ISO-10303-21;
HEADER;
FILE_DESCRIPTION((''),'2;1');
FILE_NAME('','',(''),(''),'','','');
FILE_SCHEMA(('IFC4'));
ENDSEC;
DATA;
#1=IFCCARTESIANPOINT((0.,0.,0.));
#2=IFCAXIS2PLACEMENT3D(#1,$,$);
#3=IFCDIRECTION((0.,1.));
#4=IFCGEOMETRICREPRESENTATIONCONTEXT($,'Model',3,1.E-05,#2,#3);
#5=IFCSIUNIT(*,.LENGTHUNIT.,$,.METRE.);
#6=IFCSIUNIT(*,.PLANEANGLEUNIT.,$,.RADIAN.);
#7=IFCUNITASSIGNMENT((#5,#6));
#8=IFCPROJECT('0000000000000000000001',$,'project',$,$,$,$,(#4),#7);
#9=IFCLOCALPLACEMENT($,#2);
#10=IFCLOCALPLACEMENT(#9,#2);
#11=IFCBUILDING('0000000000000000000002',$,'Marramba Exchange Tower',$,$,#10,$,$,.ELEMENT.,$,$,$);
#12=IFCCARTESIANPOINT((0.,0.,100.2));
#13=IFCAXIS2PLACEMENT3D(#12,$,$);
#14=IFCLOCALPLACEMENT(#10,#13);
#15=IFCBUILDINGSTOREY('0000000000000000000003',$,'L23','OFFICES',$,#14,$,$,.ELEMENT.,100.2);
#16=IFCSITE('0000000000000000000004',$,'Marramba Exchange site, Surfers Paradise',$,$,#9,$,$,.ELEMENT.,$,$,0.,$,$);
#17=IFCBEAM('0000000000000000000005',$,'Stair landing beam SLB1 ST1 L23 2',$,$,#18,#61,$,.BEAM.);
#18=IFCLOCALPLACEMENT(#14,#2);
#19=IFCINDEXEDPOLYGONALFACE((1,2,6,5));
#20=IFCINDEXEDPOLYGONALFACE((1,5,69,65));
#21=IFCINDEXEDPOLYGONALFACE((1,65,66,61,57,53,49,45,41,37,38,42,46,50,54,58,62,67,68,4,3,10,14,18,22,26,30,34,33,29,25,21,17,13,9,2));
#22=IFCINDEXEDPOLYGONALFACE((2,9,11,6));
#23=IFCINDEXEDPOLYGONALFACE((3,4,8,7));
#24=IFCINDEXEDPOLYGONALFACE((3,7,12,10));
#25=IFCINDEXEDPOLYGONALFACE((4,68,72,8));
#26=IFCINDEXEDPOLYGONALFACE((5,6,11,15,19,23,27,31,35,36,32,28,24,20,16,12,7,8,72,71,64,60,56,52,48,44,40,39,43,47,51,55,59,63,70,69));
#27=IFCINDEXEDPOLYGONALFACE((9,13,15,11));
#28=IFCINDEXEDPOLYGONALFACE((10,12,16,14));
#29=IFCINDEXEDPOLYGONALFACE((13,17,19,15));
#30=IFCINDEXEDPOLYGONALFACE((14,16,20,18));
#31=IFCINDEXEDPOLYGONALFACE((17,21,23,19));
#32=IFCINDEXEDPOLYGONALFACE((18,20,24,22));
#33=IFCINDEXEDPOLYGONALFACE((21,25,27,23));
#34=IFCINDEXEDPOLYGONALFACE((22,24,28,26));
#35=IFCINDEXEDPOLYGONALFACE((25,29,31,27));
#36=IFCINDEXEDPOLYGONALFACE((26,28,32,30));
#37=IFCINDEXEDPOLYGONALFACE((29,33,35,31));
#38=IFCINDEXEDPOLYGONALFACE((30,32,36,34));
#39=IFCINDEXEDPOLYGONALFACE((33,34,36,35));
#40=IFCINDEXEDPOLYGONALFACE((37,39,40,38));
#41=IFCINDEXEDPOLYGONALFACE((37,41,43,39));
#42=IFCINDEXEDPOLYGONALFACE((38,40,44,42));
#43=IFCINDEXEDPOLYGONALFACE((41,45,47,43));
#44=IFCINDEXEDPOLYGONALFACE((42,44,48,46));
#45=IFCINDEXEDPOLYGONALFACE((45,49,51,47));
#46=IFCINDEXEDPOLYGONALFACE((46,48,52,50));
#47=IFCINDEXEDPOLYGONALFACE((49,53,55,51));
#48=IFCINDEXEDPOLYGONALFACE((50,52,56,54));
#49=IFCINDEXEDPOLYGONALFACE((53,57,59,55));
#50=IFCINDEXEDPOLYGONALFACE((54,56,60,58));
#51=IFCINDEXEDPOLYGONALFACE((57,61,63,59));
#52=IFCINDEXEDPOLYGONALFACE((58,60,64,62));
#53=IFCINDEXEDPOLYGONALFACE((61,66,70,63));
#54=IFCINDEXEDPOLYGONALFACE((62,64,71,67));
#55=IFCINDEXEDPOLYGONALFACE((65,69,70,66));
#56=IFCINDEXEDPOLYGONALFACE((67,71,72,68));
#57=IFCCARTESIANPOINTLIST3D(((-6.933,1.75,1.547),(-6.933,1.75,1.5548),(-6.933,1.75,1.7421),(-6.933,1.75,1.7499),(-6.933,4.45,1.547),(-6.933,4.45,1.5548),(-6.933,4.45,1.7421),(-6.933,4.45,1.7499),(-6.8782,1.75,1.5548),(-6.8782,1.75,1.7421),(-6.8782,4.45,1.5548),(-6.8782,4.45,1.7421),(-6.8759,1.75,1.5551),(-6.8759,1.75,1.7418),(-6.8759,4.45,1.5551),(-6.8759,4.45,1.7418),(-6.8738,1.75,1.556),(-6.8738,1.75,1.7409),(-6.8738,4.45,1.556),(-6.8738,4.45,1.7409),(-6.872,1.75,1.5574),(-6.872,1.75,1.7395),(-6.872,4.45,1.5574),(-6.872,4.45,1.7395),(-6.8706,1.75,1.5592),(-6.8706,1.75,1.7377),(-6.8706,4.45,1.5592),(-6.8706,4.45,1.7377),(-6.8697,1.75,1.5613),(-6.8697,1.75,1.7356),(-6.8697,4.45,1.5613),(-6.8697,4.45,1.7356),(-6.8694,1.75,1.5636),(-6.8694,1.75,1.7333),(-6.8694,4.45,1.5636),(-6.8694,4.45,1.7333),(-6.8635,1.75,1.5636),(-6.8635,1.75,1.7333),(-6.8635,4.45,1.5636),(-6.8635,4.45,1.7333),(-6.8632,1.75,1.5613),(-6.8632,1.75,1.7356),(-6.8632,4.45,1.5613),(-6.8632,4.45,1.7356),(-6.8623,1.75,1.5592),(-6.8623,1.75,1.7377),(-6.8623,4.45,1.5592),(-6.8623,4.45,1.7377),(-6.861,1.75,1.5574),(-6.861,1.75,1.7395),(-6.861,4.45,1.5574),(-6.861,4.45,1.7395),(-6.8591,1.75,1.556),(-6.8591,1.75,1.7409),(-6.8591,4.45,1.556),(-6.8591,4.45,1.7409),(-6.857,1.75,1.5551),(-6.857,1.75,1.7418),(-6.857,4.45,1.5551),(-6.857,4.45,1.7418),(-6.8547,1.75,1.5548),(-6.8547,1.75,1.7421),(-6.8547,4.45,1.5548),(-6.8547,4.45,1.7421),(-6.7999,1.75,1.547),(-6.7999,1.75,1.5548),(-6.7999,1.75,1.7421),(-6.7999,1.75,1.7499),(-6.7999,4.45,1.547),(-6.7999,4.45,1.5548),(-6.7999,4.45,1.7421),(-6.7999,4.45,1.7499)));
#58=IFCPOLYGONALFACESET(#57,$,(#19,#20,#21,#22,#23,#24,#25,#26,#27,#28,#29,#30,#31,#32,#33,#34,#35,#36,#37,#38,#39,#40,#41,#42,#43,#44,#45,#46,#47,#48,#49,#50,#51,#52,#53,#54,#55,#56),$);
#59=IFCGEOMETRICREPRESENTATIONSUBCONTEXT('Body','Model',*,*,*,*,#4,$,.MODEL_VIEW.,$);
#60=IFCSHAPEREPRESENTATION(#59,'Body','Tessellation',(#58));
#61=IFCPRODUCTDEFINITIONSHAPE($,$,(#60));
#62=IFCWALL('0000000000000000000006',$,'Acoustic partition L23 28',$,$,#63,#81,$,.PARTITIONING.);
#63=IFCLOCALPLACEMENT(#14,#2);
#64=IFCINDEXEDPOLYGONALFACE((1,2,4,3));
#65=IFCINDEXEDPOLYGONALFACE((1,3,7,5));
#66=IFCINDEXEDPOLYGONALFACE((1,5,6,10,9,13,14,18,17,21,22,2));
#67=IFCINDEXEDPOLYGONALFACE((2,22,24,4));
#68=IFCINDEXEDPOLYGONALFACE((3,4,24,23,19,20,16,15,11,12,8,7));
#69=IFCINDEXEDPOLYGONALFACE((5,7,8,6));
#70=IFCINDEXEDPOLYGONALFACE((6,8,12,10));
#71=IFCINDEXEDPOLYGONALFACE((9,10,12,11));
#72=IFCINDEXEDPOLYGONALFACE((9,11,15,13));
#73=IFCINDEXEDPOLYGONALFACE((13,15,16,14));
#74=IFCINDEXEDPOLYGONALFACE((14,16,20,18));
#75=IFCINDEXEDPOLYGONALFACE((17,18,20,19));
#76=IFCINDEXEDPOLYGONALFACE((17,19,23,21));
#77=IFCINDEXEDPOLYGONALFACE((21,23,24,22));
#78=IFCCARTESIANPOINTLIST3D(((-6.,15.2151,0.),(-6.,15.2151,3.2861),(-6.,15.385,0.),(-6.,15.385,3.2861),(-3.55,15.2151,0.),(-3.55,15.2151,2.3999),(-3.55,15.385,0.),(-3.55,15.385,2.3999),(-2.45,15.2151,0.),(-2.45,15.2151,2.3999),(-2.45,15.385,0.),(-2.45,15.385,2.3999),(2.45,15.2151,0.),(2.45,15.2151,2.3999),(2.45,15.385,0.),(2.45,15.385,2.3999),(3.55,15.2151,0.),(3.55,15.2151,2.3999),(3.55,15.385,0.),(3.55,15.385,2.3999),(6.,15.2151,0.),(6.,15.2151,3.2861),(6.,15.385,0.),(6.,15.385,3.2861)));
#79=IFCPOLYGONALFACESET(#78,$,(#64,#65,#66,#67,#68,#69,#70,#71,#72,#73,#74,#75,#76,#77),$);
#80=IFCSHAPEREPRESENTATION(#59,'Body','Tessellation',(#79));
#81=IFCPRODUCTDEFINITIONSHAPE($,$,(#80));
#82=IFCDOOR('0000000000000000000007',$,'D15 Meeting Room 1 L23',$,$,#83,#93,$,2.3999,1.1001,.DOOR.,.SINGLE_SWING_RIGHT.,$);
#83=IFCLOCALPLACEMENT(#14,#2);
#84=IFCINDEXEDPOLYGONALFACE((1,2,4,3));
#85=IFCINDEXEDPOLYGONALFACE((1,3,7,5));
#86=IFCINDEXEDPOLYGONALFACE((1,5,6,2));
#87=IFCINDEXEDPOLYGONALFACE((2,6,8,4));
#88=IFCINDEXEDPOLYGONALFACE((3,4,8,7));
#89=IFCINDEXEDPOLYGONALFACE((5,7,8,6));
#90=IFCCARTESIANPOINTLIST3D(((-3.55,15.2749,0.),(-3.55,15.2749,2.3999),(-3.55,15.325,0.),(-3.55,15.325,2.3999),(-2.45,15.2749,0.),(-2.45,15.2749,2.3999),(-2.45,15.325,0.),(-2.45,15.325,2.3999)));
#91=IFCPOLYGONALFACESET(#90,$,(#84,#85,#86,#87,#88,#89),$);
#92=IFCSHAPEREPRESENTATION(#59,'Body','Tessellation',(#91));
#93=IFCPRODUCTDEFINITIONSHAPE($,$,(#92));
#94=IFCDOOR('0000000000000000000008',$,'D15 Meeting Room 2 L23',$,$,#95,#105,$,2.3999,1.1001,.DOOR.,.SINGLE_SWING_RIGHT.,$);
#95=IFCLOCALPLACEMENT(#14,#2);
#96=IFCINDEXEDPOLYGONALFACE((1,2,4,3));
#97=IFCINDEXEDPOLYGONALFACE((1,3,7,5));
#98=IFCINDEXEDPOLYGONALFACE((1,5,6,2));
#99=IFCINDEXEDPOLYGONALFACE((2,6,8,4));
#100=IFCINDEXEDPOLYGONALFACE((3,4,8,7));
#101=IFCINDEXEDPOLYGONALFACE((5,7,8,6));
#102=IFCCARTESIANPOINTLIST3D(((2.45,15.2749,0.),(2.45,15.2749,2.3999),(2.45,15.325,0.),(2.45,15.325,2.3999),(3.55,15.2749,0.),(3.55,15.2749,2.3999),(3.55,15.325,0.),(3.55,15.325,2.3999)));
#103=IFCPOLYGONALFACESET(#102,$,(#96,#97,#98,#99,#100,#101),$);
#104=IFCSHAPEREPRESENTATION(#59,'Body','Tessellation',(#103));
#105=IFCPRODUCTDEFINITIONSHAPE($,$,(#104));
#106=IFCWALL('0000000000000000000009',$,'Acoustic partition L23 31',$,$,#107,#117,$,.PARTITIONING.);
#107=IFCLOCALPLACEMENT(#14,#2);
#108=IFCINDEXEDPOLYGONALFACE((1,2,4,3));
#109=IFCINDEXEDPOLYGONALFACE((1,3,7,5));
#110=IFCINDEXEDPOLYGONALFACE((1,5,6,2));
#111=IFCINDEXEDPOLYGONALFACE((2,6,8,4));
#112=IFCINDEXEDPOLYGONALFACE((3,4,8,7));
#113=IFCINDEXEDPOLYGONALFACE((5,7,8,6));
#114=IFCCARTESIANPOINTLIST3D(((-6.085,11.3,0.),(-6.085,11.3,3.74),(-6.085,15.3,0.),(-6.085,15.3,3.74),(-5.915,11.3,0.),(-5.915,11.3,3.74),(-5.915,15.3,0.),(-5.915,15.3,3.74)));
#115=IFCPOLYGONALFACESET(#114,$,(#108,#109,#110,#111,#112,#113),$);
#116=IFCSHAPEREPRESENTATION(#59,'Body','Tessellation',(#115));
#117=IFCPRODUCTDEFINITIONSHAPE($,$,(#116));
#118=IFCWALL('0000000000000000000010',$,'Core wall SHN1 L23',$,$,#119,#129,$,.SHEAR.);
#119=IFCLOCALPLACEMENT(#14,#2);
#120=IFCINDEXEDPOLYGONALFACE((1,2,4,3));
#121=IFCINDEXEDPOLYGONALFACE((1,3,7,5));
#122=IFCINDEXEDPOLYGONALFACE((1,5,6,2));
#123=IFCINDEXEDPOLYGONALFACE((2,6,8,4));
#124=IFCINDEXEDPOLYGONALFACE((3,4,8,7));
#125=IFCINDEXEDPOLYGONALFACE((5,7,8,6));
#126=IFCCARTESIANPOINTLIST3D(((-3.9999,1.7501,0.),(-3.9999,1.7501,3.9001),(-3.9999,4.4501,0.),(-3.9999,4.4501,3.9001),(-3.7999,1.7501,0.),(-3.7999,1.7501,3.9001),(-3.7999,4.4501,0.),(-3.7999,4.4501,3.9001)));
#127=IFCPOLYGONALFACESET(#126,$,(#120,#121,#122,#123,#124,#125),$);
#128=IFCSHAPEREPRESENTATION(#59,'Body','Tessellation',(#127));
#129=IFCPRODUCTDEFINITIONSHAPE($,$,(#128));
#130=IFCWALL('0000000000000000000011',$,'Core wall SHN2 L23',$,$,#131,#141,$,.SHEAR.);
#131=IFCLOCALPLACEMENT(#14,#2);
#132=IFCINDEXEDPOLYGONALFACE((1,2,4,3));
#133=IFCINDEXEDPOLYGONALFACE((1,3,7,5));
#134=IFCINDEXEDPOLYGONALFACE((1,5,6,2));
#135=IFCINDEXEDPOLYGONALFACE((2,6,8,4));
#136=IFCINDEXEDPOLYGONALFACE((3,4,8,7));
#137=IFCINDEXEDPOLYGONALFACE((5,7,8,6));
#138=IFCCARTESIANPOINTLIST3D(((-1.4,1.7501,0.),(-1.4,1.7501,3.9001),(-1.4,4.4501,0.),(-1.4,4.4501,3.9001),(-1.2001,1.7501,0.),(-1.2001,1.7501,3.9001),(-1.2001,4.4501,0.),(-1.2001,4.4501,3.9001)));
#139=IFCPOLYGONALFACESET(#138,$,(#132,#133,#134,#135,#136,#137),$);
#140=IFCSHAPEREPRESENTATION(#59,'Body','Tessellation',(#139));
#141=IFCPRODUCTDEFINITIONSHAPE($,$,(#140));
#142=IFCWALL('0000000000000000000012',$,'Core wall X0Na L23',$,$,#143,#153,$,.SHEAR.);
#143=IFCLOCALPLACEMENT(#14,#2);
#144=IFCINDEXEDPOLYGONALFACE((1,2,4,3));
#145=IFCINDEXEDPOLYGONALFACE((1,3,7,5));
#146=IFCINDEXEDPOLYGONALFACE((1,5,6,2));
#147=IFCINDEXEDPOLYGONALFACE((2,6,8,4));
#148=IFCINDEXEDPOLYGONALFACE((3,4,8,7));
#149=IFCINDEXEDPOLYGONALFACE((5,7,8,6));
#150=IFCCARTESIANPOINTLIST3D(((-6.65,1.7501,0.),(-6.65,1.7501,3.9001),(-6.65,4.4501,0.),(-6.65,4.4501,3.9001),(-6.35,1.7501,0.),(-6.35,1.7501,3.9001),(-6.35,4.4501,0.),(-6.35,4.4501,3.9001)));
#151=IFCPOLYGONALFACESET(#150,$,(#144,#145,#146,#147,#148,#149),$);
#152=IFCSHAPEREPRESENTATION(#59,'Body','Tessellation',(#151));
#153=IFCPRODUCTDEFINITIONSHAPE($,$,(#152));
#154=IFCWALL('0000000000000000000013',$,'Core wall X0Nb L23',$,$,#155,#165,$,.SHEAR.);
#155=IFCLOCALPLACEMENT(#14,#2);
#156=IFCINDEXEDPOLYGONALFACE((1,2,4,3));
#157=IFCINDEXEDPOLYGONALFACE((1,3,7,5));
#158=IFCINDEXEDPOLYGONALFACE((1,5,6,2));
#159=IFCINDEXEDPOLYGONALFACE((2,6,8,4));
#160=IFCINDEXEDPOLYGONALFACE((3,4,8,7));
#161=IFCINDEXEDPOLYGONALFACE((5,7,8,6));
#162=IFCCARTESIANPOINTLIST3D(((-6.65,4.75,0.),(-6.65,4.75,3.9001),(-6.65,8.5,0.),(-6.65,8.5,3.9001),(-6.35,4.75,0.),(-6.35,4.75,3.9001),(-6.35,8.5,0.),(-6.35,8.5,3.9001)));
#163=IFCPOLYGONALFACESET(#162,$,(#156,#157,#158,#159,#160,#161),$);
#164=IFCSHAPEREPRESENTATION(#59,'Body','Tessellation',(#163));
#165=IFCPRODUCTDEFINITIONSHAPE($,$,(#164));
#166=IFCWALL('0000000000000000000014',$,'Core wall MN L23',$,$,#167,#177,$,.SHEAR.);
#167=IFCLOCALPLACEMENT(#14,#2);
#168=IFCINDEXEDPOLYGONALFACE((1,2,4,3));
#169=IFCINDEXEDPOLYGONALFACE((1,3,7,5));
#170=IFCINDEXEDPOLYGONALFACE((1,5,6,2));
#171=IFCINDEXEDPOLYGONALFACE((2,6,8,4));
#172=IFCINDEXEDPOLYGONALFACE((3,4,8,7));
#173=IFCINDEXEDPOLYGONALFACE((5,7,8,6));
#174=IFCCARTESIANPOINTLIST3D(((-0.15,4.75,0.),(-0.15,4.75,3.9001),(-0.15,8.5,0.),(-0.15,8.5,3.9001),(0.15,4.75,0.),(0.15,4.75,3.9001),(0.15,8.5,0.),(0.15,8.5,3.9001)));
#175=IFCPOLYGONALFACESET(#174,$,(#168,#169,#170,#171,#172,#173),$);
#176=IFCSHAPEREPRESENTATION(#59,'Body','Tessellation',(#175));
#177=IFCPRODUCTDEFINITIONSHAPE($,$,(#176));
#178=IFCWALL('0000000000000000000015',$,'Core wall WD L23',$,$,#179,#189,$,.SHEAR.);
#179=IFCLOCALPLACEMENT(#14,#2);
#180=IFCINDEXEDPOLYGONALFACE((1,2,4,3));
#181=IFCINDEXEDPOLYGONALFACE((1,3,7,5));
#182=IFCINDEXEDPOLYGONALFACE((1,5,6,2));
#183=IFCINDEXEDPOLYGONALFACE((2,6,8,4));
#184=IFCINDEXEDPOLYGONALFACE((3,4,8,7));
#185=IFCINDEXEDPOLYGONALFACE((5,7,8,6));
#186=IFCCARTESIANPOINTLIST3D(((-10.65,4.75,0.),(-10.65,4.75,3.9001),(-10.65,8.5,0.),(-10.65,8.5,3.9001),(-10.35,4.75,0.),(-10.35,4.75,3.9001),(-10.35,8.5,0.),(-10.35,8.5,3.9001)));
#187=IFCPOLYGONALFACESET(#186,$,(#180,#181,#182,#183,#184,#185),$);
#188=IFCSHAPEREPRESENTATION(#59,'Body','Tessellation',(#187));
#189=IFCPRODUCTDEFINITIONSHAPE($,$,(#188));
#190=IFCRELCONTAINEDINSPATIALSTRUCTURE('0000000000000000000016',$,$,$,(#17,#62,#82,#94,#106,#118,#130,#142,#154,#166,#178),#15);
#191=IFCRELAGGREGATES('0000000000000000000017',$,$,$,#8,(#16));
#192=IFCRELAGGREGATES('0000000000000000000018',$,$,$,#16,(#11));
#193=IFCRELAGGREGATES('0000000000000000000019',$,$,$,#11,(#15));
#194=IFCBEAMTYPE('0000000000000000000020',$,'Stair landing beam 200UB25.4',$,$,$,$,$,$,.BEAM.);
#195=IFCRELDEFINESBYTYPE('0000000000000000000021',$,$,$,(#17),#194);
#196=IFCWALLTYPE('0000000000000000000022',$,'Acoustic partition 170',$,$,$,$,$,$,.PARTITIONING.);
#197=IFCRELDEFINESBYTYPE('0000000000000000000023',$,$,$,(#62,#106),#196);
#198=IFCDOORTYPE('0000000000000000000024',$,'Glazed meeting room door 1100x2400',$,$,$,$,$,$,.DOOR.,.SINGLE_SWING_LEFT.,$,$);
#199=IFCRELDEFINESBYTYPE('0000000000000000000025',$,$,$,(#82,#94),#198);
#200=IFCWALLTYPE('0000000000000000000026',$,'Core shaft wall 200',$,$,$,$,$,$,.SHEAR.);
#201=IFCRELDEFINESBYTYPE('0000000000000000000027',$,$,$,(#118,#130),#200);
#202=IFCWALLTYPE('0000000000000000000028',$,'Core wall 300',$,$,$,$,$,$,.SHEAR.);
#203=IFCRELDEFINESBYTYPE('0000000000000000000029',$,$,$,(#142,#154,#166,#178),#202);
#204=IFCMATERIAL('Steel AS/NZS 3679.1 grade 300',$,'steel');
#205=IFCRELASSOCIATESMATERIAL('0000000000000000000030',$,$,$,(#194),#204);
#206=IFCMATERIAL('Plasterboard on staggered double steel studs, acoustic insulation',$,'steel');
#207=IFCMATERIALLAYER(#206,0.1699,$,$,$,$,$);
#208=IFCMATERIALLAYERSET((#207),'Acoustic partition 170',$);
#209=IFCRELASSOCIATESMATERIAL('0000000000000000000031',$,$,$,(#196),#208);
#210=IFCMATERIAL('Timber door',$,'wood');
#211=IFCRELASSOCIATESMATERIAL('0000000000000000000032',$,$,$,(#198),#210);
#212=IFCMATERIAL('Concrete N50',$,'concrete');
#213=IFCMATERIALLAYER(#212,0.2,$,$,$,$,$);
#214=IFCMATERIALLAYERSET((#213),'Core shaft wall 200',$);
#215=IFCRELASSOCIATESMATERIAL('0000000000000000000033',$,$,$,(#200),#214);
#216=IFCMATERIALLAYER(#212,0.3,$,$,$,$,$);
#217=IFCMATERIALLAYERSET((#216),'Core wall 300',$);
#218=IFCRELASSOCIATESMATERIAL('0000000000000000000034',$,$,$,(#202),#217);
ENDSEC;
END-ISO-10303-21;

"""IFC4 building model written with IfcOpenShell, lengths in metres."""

from ifc_helpers import new_model, si_unit, direction, frame, frame_2d, origin, origin_2d, place, context, subcontext, project, spatial, rectangle, i_section, extrude, material, layer, layer_set, material_profile, profile_set, type_object, element, fill, save


model = new_model("IFC4")

# Units and contexts
model_context = context("Model", 3, precision=1e-05, world=origin(), true_north=direction((0.0, 1.0)))
body_context = subcontext(model_context, "Body", "Model", "MODEL_VIEW")
ifc_project = project(units=[si_unit("LENGTHUNIT", "METRE"), si_unit("PLANEANGLEUNIT", "RADIAN")], contexts=[model_context])

# Site, building, storey
site_placement = place(None, origin())
site = spatial("IfcSite", under=ifc_project, at=site_placement, Name="Marramba Exchange site, Surfers Paradise", CompositionType="ELEMENT", RefElevation=0.0)
building_placement = place(site_placement, origin())
building = spatial("IfcBuilding", under=site, at=building_placement, Name="Marramba Exchange Tower", CompositionType="ELEMENT")
storey_placement = place(building_placement, frame((0.0, 0.0, 100.2)))
storey = spatial("IfcBuildingStorey", under=building, at=storey_placement, Name="L23", Description="OFFICES", CompositionType="ELEMENT", Elevation=100.2)

# Beam
ifc_material_1 = material(Name="Steel AS/NZS 3679.1 grade 300", Category="steel")
ifc_material_profile_1 = material_profile(ifc_material_1, i_section(OverallWidth=0.1331, OverallDepth=0.2029, WebThickness=0.0059, FlangeThickness=0.0078, FilletRadius=0.0088, at=origin_2d()), Name="200UB25.4")
ifc_profile_set_1 = profile_set([ifc_material_profile_1], Name="Steel AS/NZS 3679.1 grade 300")
beam_type_1 = type_object("IfcBeamType", Name="Stair landing beam 200UB25.4", PredefinedType="BEAM", material=ifc_profile_set_1)
for number, where, z_axis, x_axis, name in (
    (1, (-6.8665, 1.75, 1.6484), (0.0, 1.0, 0.0), (-1.0, 0.0, 0.0), "Stair landing beam SLB1 ST1 L23 2"),
):
    element("IfcBeam", number, at=place(storey_placement, frame(where, z_axis=z_axis, x_axis=x_axis)), inside=storey, type_object=beam_type_1, Name=name, PredefinedType="BEAM", context=body_context, shape_type="SweptSolid", body=[
        extrude(i_section(OverallWidth=0.1331, OverallDepth=0.2029, WebThickness=0.0059, FlangeThickness=0.0078, FilletRadius=0.0088, at=origin_2d()), origin(), (0.0, 0.0, 1.0), 2.7),
    ])

# Wall, openings, doors
ifc_material_2 = material(Name="Plasterboard on staggered double steel studs, acoustic insulation", Category="steel")
ifc_layer_1 = layer(ifc_material_2, 0.1699)
ifc_layer_set_1 = layer_set([ifc_layer_1], Name="Acoustic partition 170")
wall_type_1 = type_object("IfcWallType", Name="Acoustic partition 170", PredefinedType="PARTITIONING", material=ifc_layer_set_1)
wall_1_placement = place(storey_placement, frame((-6.0, 15.3, 0.0), z_axis=(0.0, 0.0, 1.0), x_axis=(1.0, 0.0, 0.0)))
wall_1 = element("IfcWall", 2, at=wall_1_placement, inside=storey, type_object=wall_type_1, Name="Acoustic partition L23 28", PredefinedType="PARTITIONING", context=body_context, shape_type="SweptSolid", body=[
    extrude(rectangle(XDim=12.0, YDim=0.1699, at=frame_2d((6.0, 0.0))), origin(), (0.0, 0.0, 1.0), 3.2861),
])
opening_1_placement = place(wall_1_placement, frame((2.45, 0.0, 0.0)))
opening_1 = element("IfcOpeningElement", 3, at=opening_1_placement, cuts=wall_1, PredefinedType="OPENING", context=body_context, shape_type="SweptSolid", body=[
    extrude(rectangle(XDim=1.1001, YDim=2.3999, at=frame_2d((0.55, 1.2))), frame((0.0, 0.095, 0.0), z_axis=(0.0, -1.0, 0.0), x_axis=(1.0, 0.0, 0.0)), (0.0, 0.0, 1.0), 0.1899),
])
opening_2_placement = place(wall_1_placement, frame((8.45, 0.0, 0.0)))
opening_2 = element("IfcOpeningElement", 4, at=opening_2_placement, cuts=wall_1, PredefinedType="OPENING", context=body_context, shape_type="SweptSolid", body=[
    extrude(rectangle(XDim=1.1001, YDim=2.3999, at=frame_2d((0.55, 1.2))), frame((0.0, 0.095, 0.0), z_axis=(0.0, -1.0, 0.0), x_axis=(1.0, 0.0, 0.0)), (0.0, 0.0, 1.0), 0.1899),
])
ifc_material_3 = material(Name="Timber door", Category="wood")
door_type_1 = type_object("IfcDoorType", Name="Glazed meeting room door 1100x2400", OperationType="SINGLE_SWING_LEFT", PredefinedType="DOOR", material=ifc_material_3)
door_1_placement = place(opening_1_placement, frame((1.1001, 0.0, 0.0), z_axis=(0.0, 0.0, 1.0), x_axis=(-1.0, 0.0, 0.0)))
door_1 = element("IfcDoor", 5, at=door_1_placement, inside=storey, type_object=door_type_1, Name="D15 Meeting Room 1 L23", OperationType="SINGLE_SWING_RIGHT", OverallHeight=2.3999, OverallWidth=1.1001, PredefinedType="DOOR", context=body_context, shape_type="SweptSolid", body=[
    extrude(rectangle(XDim=1.1001, YDim=2.3999, at=frame_2d((0.55, 1.2))), frame((0.0, 0.0251, 0.0), z_axis=(0.0, -1.0, 0.0), x_axis=(1.0, 0.0, 0.0)), (0.0, 0.0, 1.0), 0.05),
])
fill(opening_1, door_1)
door_2_placement = place(opening_2_placement, frame((1.1001, 0.0, 0.0), z_axis=(0.0, 0.0, 1.0), x_axis=(-1.0, 0.0, 0.0)))
door_2 = element("IfcDoor", 6, at=door_2_placement, inside=storey, type_object=door_type_1, Name="D15 Meeting Room 2 L23", OperationType="SINGLE_SWING_RIGHT", OverallHeight=2.3999, OverallWidth=1.1001, PredefinedType="DOOR", context=body_context, shape_type="SweptSolid", body=[
    extrude(rectangle(XDim=1.1001, YDim=2.3999, at=frame_2d((0.55, 1.2))), frame((0.0, 0.0251, 0.0), z_axis=(0.0, -1.0, 0.0), x_axis=(1.0, 0.0, 0.0)), (0.0, 0.0, 1.0), 0.05),
])
fill(opening_2, door_2)

# Walls
wall_2_placement = place(storey_placement, frame((-6.0, 11.3, 0.0), z_axis=(0.0, 0.0, 1.0), x_axis=(0.0, 1.0, 0.0)))
element("IfcWall", 7, at=wall_2_placement, inside=storey, type_object=wall_type_1, Name="Acoustic partition L23 31", PredefinedType="PARTITIONING", context=body_context, shape_type="SweptSolid", body=[
    extrude(rectangle(XDim=4.0, YDim=0.1699, at=frame_2d((2.0, 0.0))), origin(), (0.0, 0.0, 1.0), 3.74),
])
ifc_material_4 = material(Name="Concrete N50", Category="concrete")
ifc_layer_2 = layer(ifc_material_4, 0.2)
ifc_layer_set_2 = layer_set([ifc_layer_2], Name="Core shaft wall 200")
wall_type_2 = type_object("IfcWallType", Name="Core shaft wall 200", PredefinedType="SHEAR", material=ifc_layer_set_2)
for number, where, z_axis, x_axis, name in (
    (8, (-3.8999, 1.75, 0.0), (0.0, 0.0, 1.0), (0.0, 1.0, 0.0), "Core wall SHN1 L23"),
    (9, (-1.3, 1.75, 0.0), (0.0, 0.0, 1.0), (0.0, 1.0, 0.0), "Core wall SHN2 L23"),
):
    element("IfcWall", number, at=place(storey_placement, frame(where, z_axis=z_axis, x_axis=x_axis)), inside=storey, type_object=wall_type_2, Name=name, PredefinedType="SHEAR", context=body_context, shape_type="SweptSolid", body=[
        extrude(rectangle(XDim=2.7, YDim=0.2, at=frame_2d((1.3501, 0.0))), origin(), (0.0, 0.0, 1.0), 3.9001),
    ])
ifc_layer_3 = layer(ifc_material_4, 0.3)
ifc_layer_set_3 = layer_set([ifc_layer_3], Name="Core wall 300")
wall_type_3 = type_object("IfcWallType", Name="Core wall 300", PredefinedType="SHEAR", material=ifc_layer_set_3)
wall_3_placement = place(storey_placement, frame((-6.5, 1.75, 0.0), z_axis=(0.0, 0.0, 1.0), x_axis=(0.0, 1.0, 0.0)))
element("IfcWall", 10, at=wall_3_placement, inside=storey, type_object=wall_type_3, Name="Core wall X0Na L23", PredefinedType="SHEAR", context=body_context, shape_type="SweptSolid", body=[
    extrude(rectangle(XDim=2.7, YDim=0.3, at=frame_2d((1.3501, 0.0))), origin(), (0.0, 0.0, 1.0), 3.9001),
])
for number, where, z_axis, x_axis, name in (
    (11, (-6.5, 4.75, 0.0), (0.0, 0.0, 1.0), (0.0, 1.0, 0.0), "Core wall X0Nb L23"),
    (12, (0.0, 4.75, 0.0), (0.0, 0.0, 1.0), (0.0, 1.0, 0.0), "Core wall MN L23"),
    (13, (-10.5, 4.75, 0.0), (0.0, 0.0, 1.0), (0.0, 1.0, 0.0), "Core wall WD L23"),
):
    element("IfcWall", number, at=place(storey_placement, frame(where, z_axis=z_axis, x_axis=x_axis)), inside=storey, type_object=wall_type_3, Name=name, PredefinedType="SHEAR", context=body_context, shape_type="SweptSolid", body=[
        extrude(rectangle(XDim=3.75, YDim=0.3, at=frame_2d((1.875, 0.0))), origin(), (0.0, 0.0, 1.0), 3.9001),
    ])

save(model, "model.ifc")
